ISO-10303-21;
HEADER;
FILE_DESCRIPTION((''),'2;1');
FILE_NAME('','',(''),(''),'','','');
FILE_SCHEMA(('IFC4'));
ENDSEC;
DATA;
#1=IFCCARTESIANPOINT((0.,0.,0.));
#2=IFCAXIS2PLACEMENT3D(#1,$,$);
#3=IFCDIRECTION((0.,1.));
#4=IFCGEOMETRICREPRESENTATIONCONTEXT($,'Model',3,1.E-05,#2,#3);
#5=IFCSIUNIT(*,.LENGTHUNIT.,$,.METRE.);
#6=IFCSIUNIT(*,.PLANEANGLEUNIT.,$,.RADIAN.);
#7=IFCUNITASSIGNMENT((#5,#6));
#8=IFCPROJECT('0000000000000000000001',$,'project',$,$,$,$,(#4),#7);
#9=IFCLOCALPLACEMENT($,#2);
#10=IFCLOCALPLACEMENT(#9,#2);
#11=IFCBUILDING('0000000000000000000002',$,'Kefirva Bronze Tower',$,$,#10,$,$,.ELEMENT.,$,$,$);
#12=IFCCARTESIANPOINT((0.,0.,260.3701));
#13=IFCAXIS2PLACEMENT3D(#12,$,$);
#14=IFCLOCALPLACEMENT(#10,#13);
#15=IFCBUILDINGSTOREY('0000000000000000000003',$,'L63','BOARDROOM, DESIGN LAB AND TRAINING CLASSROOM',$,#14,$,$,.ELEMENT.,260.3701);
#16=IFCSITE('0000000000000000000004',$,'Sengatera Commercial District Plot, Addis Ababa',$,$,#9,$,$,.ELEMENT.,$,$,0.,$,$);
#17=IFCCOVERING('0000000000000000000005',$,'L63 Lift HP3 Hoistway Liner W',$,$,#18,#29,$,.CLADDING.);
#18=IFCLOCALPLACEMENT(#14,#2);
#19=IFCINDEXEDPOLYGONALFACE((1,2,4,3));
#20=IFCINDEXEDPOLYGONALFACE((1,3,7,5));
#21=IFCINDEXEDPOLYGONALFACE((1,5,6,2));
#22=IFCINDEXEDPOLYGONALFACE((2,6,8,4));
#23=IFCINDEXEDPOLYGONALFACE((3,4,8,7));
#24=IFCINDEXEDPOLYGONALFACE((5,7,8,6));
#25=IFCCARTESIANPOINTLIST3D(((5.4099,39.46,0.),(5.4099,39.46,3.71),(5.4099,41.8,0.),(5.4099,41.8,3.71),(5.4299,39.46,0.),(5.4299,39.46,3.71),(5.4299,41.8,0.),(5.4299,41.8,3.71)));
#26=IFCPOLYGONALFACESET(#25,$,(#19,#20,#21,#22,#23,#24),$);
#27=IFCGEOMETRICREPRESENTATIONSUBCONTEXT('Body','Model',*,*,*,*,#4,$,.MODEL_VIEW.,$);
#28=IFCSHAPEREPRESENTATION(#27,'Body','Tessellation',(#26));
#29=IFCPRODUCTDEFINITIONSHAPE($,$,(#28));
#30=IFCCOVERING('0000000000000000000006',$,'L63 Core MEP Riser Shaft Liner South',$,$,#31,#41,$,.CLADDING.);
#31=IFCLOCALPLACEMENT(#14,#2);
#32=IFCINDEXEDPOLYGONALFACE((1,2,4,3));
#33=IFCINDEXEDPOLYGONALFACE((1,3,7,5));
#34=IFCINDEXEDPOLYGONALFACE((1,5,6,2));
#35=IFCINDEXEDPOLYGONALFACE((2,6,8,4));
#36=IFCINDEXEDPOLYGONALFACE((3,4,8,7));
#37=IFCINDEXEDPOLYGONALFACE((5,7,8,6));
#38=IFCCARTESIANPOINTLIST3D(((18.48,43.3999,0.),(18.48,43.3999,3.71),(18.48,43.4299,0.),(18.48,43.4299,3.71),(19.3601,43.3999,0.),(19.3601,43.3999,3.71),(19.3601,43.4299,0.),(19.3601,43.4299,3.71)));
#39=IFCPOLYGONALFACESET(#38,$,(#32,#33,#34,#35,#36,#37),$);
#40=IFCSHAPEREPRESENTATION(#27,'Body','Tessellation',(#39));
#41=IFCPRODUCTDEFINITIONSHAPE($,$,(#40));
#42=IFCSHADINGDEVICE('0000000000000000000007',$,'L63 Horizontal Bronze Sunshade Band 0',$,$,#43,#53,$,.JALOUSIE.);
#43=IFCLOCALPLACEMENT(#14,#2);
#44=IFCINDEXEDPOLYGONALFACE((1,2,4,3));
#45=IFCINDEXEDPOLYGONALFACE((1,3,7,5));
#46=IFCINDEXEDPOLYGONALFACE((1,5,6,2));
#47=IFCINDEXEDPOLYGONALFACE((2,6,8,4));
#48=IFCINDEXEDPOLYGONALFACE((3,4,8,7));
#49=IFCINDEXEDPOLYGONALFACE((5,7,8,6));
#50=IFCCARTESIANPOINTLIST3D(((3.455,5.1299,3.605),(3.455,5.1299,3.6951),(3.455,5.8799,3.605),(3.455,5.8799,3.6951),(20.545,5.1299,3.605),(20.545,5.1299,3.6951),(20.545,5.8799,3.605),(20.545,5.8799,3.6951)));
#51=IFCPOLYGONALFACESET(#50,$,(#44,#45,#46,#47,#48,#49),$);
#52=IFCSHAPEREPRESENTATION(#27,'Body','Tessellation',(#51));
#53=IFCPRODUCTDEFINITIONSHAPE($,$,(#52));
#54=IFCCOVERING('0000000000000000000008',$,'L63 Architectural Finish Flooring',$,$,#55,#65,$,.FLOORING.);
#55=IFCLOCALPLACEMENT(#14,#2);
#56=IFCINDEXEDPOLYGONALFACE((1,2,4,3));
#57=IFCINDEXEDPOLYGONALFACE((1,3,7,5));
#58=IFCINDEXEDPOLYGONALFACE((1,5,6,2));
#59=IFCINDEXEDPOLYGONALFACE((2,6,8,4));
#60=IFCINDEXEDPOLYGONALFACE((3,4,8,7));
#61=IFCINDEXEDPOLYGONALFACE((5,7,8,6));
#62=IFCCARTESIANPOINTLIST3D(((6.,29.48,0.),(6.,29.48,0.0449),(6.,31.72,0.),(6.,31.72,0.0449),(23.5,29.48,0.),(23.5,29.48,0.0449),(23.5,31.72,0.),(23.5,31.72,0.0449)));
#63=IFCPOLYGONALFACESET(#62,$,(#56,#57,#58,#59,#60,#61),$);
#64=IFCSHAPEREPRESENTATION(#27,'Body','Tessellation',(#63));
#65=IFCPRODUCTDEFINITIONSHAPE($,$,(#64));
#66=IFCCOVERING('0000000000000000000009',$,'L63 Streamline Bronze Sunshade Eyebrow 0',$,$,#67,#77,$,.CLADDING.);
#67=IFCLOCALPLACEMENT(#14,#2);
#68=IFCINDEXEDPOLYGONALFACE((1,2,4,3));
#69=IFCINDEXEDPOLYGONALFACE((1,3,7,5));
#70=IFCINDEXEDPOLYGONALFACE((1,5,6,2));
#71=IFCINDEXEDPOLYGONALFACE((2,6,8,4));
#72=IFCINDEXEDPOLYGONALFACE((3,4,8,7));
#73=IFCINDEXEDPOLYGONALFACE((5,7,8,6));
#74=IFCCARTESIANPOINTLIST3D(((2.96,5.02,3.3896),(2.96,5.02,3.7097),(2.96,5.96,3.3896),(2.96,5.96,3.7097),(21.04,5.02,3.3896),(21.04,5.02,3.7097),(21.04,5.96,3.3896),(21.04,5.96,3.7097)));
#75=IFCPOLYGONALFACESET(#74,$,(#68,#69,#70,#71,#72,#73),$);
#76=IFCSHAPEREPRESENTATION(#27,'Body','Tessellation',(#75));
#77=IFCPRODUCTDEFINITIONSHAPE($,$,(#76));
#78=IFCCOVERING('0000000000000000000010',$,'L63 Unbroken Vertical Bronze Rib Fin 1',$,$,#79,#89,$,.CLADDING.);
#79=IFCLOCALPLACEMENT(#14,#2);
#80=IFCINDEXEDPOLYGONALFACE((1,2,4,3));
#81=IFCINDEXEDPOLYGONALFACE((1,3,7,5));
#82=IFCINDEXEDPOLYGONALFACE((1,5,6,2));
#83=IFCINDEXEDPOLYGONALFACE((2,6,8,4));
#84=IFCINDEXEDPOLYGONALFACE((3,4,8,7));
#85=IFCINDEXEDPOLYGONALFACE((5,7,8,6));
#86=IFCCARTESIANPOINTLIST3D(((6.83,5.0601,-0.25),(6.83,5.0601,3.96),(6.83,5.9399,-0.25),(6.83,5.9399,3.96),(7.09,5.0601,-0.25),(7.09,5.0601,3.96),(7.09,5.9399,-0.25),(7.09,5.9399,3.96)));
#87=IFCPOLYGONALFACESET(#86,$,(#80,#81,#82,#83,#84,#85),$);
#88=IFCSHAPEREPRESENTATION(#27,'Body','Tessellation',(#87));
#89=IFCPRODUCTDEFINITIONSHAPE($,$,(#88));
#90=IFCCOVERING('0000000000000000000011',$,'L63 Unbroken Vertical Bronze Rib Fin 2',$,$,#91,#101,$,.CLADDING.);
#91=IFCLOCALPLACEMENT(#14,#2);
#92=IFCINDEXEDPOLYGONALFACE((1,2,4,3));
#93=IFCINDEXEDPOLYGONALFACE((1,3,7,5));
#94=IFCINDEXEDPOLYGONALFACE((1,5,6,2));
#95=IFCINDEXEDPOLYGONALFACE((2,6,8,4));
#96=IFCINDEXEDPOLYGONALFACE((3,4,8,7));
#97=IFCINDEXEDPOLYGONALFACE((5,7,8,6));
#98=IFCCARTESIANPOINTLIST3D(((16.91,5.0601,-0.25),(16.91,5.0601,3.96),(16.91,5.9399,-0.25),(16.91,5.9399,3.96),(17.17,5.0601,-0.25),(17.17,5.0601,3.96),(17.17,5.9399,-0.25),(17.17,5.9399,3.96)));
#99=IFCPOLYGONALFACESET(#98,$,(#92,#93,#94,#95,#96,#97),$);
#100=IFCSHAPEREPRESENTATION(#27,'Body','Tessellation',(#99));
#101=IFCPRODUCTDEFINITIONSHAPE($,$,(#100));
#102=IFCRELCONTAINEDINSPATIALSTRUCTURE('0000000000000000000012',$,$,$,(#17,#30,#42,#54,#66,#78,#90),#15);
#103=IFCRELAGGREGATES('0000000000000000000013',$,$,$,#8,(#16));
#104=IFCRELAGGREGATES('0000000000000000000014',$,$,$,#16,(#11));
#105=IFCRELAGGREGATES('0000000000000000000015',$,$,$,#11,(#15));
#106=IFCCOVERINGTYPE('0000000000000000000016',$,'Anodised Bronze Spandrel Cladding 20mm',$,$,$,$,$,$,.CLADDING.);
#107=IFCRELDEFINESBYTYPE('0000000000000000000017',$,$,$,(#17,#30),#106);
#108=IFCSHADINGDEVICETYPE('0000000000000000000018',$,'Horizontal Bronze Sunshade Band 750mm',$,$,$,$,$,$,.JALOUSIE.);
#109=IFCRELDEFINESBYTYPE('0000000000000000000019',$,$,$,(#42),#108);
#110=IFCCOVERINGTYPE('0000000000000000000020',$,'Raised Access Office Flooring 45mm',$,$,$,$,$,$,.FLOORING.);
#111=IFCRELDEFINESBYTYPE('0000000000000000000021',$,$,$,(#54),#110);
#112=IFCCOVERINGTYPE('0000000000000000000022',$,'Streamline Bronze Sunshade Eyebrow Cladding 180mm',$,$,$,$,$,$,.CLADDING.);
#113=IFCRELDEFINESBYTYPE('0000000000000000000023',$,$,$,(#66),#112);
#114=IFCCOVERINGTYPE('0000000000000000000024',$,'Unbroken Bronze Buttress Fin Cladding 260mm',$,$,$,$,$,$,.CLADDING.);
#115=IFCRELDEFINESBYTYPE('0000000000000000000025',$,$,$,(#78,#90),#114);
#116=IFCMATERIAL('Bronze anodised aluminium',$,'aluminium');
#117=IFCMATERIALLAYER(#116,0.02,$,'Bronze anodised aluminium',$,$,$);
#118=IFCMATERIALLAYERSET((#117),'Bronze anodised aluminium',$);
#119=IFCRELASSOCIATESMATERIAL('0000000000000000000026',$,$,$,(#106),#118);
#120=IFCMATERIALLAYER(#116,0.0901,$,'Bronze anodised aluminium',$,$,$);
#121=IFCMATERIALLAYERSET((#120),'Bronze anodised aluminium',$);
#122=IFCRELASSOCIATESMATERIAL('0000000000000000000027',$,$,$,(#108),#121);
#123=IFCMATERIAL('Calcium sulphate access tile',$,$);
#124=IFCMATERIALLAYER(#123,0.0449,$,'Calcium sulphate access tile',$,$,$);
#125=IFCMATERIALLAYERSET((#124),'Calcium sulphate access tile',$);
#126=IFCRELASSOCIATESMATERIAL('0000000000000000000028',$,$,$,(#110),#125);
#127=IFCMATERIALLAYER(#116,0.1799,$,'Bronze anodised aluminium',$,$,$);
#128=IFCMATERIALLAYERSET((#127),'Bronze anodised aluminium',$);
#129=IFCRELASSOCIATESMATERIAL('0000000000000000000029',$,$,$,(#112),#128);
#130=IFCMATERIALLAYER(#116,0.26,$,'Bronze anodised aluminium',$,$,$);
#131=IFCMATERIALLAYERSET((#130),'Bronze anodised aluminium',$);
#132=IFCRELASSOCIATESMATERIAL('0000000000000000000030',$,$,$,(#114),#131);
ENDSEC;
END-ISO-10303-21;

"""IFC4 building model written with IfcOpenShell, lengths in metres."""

from ifc_helpers import new_model, si_unit, direction, frame, origin, origin_2d, place, context, subcontext, project, spatial, polyline, rectangle, outline, extrude, material, layer, layer_set, type_object, element, save


model = new_model("IFC4")

# Units and contexts
model_context = context("Model", 3, precision=1e-05, world=origin(), true_north=direction((0.0, 1.0)))
body_context = subcontext(model_context, "Body", "Model", "MODEL_VIEW")
ifc_project = project(units=[si_unit("LENGTHUNIT", "METRE"), si_unit("PLANEANGLEUNIT", "RADIAN")], contexts=[model_context])

# Site, building, storey
site_placement = place(None, origin())
site = spatial("IfcSite", under=ifc_project, at=site_placement, Name="Sengatera Commercial District Plot, Addis Ababa", CompositionType="ELEMENT", RefElevation=0.0)
building_placement = place(site_placement, origin())
building = spatial("IfcBuilding", under=site, at=building_placement, Name="Kefirva Bronze Tower", CompositionType="ELEMENT")
storey_placement = place(building_placement, frame((0.0, 0.0, 260.3701)))
storey = spatial("IfcBuildingStorey", under=building, at=storey_placement, Name="L63", Description="BOARDROOM, DESIGN LAB AND TRAINING CLASSROOM", CompositionType="ELEMENT", Elevation=260.3701)

# Shared definitions
ifc_material_1 = material(Name="Bronze anodised aluminium", Category="aluminium")

# Coverings
ifc_layer_1 = layer(ifc_material_1, 0.02, Name="Bronze anodised aluminium")
ifc_layer_set_1 = layer_set([ifc_layer_1], Name="Bronze anodised aluminium")
covering_type_1 = type_object("IfcCoveringType", Name="Anodised Bronze Spandrel Cladding 20mm", PredefinedType="CLADDING", material=ifc_layer_set_1)
covering_1_placement = place(storey_placement, origin())
element("IfcCovering", 1, at=covering_1_placement, inside=storey, type_object=covering_type_1, Name="L63 Lift HP3 Hoistway Liner W", PredefinedType="CLADDING", context=body_context, shape_type="SweptSolid", body=[
    extrude(outline(polyline([(5.4099, 39.46), (5.4299, 39.46), (5.4299, 41.8), (5.4099, 41.8), (5.4099, 39.46)])), origin(), (0.0, 0.0, 1.0), 3.71),
])
covering_2_placement = place(storey_placement, origin())
element("IfcCovering", 2, at=covering_2_placement, inside=storey, type_object=covering_type_1, Name="L63 Core MEP Riser Shaft Liner South", PredefinedType="CLADDING", context=body_context, shape_type="SweptSolid", body=[
    extrude(outline(polyline([(18.48, 43.3999), (19.3601, 43.3999), (19.3601, 43.4299), (18.48, 43.4299), (18.48, 43.3999)])), origin(), (0.0, 0.0, 1.0), 3.71),
])

# Shading device
ifc_layer_2 = layer(ifc_material_1, 0.0901, Name="Bronze anodised aluminium")
ifc_layer_set_2 = layer_set([ifc_layer_2], Name="Bronze anodised aluminium")
shading_device_type = type_object("IfcShadingDeviceType", Name="Horizontal Bronze Sunshade Band 750mm", PredefinedType="JALOUSIE", material=ifc_layer_set_2)
shading_device_placement = place(storey_placement, frame((12.0, 5.5049, 3.605), z_axis=(0.0, 0.0, 1.0), x_axis=(1.0, 0.0, 0.0)))
element("IfcShadingDevice", 3, at=shading_device_placement, inside=storey, type_object=shading_device_type, Name="L63 Horizontal Bronze Sunshade Band 0", PredefinedType="JALOUSIE", context=body_context, shape_type="SweptSolid", body=[
    extrude(rectangle(XDim=17.0901, YDim=0.75, at=origin_2d()), origin(), (0.0, 0.0, 1.0), 0.0901),
])

# Coverings
ifc_material_2 = material(Name="Calcium sulphate access tile")
ifc_layer_3 = layer(ifc_material_2, 0.0449, Name="Calcium sulphate access tile")
ifc_layer_set_3 = layer_set([ifc_layer_3], Name="Calcium sulphate access tile")
covering_type_2 = type_object("IfcCoveringType", Name="Raised Access Office Flooring 45mm", PredefinedType="FLOORING", material=ifc_layer_set_3)
covering_3_placement = place(storey_placement, origin())
element("IfcCovering", 4, at=covering_3_placement, inside=storey, type_object=covering_type_2, Name="L63 Architectural Finish Flooring", PredefinedType="FLOORING", context=body_context, shape_type="SweptSolid", body=[
    extrude(outline(polyline([(6.0, 29.48), (23.5, 29.48), (23.5, 31.72), (6.0, 31.72), (6.0, 29.48)])), origin(), (0.0, 0.0, 1.0), 0.0449),
])
ifc_layer_4 = layer(ifc_material_1, 0.1799, Name="Bronze anodised aluminium")
ifc_layer_set_4 = layer_set([ifc_layer_4], Name="Bronze anodised aluminium")
covering_type_3 = type_object("IfcCoveringType", Name="Streamline Bronze Sunshade Eyebrow Cladding 180mm", PredefinedType="CLADDING", material=ifc_layer_set_4)
covering_4_placement = place(storey_placement, frame((12.0, 5.49, 3.3896), z_axis=(0.0, 0.0, 1.0), x_axis=(1.0, 0.0, 0.0)))
element("IfcCovering", 5, at=covering_4_placement, inside=storey, type_object=covering_type_3, Name="L63 Streamline Bronze Sunshade Eyebrow 0", PredefinedType="CLADDING", context=body_context, shape_type="SweptSolid", body=[
    extrude(rectangle(XDim=18.0801, YDim=0.9399, at=origin_2d()), origin(), (0.0, 0.0, 1.0), 0.3201),
])
ifc_layer_5 = layer(ifc_material_1, 0.26, Name="Bronze anodised aluminium")
ifc_layer_set_5 = layer_set([ifc_layer_5], Name="Bronze anodised aluminium")
covering_type_4 = type_object("IfcCoveringType", Name="Unbroken Bronze Buttress Fin Cladding 260mm", PredefinedType="CLADDING", material=ifc_layer_set_5)
for number, where, z_axis, x_axis, name in (
    (6, (6.96, 5.5, -0.25), (0.0, 0.0, 1.0), (1.0, 0.0, 0.0), "L63 Unbroken Vertical Bronze Rib Fin 1"),
    (7, (17.04, 5.5, -0.25), (0.0, 0.0, 1.0), (1.0, 0.0, 0.0), "L63 Unbroken Vertical Bronze Rib Fin 2"),
):
    element("IfcCovering", number, at=place(storey_placement, frame(where, z_axis=z_axis, x_axis=x_axis)), inside=storey, type_object=covering_type_4, Name=name, PredefinedType="CLADDING", context=body_context, shape_type="SweptSolid", body=[
        extrude(rectangle(XDim=0.26, YDim=0.8799, at=origin_2d()), origin(), (0.0, 0.0, 1.0), 4.21),
    ])

save(model, "model.ifc")
